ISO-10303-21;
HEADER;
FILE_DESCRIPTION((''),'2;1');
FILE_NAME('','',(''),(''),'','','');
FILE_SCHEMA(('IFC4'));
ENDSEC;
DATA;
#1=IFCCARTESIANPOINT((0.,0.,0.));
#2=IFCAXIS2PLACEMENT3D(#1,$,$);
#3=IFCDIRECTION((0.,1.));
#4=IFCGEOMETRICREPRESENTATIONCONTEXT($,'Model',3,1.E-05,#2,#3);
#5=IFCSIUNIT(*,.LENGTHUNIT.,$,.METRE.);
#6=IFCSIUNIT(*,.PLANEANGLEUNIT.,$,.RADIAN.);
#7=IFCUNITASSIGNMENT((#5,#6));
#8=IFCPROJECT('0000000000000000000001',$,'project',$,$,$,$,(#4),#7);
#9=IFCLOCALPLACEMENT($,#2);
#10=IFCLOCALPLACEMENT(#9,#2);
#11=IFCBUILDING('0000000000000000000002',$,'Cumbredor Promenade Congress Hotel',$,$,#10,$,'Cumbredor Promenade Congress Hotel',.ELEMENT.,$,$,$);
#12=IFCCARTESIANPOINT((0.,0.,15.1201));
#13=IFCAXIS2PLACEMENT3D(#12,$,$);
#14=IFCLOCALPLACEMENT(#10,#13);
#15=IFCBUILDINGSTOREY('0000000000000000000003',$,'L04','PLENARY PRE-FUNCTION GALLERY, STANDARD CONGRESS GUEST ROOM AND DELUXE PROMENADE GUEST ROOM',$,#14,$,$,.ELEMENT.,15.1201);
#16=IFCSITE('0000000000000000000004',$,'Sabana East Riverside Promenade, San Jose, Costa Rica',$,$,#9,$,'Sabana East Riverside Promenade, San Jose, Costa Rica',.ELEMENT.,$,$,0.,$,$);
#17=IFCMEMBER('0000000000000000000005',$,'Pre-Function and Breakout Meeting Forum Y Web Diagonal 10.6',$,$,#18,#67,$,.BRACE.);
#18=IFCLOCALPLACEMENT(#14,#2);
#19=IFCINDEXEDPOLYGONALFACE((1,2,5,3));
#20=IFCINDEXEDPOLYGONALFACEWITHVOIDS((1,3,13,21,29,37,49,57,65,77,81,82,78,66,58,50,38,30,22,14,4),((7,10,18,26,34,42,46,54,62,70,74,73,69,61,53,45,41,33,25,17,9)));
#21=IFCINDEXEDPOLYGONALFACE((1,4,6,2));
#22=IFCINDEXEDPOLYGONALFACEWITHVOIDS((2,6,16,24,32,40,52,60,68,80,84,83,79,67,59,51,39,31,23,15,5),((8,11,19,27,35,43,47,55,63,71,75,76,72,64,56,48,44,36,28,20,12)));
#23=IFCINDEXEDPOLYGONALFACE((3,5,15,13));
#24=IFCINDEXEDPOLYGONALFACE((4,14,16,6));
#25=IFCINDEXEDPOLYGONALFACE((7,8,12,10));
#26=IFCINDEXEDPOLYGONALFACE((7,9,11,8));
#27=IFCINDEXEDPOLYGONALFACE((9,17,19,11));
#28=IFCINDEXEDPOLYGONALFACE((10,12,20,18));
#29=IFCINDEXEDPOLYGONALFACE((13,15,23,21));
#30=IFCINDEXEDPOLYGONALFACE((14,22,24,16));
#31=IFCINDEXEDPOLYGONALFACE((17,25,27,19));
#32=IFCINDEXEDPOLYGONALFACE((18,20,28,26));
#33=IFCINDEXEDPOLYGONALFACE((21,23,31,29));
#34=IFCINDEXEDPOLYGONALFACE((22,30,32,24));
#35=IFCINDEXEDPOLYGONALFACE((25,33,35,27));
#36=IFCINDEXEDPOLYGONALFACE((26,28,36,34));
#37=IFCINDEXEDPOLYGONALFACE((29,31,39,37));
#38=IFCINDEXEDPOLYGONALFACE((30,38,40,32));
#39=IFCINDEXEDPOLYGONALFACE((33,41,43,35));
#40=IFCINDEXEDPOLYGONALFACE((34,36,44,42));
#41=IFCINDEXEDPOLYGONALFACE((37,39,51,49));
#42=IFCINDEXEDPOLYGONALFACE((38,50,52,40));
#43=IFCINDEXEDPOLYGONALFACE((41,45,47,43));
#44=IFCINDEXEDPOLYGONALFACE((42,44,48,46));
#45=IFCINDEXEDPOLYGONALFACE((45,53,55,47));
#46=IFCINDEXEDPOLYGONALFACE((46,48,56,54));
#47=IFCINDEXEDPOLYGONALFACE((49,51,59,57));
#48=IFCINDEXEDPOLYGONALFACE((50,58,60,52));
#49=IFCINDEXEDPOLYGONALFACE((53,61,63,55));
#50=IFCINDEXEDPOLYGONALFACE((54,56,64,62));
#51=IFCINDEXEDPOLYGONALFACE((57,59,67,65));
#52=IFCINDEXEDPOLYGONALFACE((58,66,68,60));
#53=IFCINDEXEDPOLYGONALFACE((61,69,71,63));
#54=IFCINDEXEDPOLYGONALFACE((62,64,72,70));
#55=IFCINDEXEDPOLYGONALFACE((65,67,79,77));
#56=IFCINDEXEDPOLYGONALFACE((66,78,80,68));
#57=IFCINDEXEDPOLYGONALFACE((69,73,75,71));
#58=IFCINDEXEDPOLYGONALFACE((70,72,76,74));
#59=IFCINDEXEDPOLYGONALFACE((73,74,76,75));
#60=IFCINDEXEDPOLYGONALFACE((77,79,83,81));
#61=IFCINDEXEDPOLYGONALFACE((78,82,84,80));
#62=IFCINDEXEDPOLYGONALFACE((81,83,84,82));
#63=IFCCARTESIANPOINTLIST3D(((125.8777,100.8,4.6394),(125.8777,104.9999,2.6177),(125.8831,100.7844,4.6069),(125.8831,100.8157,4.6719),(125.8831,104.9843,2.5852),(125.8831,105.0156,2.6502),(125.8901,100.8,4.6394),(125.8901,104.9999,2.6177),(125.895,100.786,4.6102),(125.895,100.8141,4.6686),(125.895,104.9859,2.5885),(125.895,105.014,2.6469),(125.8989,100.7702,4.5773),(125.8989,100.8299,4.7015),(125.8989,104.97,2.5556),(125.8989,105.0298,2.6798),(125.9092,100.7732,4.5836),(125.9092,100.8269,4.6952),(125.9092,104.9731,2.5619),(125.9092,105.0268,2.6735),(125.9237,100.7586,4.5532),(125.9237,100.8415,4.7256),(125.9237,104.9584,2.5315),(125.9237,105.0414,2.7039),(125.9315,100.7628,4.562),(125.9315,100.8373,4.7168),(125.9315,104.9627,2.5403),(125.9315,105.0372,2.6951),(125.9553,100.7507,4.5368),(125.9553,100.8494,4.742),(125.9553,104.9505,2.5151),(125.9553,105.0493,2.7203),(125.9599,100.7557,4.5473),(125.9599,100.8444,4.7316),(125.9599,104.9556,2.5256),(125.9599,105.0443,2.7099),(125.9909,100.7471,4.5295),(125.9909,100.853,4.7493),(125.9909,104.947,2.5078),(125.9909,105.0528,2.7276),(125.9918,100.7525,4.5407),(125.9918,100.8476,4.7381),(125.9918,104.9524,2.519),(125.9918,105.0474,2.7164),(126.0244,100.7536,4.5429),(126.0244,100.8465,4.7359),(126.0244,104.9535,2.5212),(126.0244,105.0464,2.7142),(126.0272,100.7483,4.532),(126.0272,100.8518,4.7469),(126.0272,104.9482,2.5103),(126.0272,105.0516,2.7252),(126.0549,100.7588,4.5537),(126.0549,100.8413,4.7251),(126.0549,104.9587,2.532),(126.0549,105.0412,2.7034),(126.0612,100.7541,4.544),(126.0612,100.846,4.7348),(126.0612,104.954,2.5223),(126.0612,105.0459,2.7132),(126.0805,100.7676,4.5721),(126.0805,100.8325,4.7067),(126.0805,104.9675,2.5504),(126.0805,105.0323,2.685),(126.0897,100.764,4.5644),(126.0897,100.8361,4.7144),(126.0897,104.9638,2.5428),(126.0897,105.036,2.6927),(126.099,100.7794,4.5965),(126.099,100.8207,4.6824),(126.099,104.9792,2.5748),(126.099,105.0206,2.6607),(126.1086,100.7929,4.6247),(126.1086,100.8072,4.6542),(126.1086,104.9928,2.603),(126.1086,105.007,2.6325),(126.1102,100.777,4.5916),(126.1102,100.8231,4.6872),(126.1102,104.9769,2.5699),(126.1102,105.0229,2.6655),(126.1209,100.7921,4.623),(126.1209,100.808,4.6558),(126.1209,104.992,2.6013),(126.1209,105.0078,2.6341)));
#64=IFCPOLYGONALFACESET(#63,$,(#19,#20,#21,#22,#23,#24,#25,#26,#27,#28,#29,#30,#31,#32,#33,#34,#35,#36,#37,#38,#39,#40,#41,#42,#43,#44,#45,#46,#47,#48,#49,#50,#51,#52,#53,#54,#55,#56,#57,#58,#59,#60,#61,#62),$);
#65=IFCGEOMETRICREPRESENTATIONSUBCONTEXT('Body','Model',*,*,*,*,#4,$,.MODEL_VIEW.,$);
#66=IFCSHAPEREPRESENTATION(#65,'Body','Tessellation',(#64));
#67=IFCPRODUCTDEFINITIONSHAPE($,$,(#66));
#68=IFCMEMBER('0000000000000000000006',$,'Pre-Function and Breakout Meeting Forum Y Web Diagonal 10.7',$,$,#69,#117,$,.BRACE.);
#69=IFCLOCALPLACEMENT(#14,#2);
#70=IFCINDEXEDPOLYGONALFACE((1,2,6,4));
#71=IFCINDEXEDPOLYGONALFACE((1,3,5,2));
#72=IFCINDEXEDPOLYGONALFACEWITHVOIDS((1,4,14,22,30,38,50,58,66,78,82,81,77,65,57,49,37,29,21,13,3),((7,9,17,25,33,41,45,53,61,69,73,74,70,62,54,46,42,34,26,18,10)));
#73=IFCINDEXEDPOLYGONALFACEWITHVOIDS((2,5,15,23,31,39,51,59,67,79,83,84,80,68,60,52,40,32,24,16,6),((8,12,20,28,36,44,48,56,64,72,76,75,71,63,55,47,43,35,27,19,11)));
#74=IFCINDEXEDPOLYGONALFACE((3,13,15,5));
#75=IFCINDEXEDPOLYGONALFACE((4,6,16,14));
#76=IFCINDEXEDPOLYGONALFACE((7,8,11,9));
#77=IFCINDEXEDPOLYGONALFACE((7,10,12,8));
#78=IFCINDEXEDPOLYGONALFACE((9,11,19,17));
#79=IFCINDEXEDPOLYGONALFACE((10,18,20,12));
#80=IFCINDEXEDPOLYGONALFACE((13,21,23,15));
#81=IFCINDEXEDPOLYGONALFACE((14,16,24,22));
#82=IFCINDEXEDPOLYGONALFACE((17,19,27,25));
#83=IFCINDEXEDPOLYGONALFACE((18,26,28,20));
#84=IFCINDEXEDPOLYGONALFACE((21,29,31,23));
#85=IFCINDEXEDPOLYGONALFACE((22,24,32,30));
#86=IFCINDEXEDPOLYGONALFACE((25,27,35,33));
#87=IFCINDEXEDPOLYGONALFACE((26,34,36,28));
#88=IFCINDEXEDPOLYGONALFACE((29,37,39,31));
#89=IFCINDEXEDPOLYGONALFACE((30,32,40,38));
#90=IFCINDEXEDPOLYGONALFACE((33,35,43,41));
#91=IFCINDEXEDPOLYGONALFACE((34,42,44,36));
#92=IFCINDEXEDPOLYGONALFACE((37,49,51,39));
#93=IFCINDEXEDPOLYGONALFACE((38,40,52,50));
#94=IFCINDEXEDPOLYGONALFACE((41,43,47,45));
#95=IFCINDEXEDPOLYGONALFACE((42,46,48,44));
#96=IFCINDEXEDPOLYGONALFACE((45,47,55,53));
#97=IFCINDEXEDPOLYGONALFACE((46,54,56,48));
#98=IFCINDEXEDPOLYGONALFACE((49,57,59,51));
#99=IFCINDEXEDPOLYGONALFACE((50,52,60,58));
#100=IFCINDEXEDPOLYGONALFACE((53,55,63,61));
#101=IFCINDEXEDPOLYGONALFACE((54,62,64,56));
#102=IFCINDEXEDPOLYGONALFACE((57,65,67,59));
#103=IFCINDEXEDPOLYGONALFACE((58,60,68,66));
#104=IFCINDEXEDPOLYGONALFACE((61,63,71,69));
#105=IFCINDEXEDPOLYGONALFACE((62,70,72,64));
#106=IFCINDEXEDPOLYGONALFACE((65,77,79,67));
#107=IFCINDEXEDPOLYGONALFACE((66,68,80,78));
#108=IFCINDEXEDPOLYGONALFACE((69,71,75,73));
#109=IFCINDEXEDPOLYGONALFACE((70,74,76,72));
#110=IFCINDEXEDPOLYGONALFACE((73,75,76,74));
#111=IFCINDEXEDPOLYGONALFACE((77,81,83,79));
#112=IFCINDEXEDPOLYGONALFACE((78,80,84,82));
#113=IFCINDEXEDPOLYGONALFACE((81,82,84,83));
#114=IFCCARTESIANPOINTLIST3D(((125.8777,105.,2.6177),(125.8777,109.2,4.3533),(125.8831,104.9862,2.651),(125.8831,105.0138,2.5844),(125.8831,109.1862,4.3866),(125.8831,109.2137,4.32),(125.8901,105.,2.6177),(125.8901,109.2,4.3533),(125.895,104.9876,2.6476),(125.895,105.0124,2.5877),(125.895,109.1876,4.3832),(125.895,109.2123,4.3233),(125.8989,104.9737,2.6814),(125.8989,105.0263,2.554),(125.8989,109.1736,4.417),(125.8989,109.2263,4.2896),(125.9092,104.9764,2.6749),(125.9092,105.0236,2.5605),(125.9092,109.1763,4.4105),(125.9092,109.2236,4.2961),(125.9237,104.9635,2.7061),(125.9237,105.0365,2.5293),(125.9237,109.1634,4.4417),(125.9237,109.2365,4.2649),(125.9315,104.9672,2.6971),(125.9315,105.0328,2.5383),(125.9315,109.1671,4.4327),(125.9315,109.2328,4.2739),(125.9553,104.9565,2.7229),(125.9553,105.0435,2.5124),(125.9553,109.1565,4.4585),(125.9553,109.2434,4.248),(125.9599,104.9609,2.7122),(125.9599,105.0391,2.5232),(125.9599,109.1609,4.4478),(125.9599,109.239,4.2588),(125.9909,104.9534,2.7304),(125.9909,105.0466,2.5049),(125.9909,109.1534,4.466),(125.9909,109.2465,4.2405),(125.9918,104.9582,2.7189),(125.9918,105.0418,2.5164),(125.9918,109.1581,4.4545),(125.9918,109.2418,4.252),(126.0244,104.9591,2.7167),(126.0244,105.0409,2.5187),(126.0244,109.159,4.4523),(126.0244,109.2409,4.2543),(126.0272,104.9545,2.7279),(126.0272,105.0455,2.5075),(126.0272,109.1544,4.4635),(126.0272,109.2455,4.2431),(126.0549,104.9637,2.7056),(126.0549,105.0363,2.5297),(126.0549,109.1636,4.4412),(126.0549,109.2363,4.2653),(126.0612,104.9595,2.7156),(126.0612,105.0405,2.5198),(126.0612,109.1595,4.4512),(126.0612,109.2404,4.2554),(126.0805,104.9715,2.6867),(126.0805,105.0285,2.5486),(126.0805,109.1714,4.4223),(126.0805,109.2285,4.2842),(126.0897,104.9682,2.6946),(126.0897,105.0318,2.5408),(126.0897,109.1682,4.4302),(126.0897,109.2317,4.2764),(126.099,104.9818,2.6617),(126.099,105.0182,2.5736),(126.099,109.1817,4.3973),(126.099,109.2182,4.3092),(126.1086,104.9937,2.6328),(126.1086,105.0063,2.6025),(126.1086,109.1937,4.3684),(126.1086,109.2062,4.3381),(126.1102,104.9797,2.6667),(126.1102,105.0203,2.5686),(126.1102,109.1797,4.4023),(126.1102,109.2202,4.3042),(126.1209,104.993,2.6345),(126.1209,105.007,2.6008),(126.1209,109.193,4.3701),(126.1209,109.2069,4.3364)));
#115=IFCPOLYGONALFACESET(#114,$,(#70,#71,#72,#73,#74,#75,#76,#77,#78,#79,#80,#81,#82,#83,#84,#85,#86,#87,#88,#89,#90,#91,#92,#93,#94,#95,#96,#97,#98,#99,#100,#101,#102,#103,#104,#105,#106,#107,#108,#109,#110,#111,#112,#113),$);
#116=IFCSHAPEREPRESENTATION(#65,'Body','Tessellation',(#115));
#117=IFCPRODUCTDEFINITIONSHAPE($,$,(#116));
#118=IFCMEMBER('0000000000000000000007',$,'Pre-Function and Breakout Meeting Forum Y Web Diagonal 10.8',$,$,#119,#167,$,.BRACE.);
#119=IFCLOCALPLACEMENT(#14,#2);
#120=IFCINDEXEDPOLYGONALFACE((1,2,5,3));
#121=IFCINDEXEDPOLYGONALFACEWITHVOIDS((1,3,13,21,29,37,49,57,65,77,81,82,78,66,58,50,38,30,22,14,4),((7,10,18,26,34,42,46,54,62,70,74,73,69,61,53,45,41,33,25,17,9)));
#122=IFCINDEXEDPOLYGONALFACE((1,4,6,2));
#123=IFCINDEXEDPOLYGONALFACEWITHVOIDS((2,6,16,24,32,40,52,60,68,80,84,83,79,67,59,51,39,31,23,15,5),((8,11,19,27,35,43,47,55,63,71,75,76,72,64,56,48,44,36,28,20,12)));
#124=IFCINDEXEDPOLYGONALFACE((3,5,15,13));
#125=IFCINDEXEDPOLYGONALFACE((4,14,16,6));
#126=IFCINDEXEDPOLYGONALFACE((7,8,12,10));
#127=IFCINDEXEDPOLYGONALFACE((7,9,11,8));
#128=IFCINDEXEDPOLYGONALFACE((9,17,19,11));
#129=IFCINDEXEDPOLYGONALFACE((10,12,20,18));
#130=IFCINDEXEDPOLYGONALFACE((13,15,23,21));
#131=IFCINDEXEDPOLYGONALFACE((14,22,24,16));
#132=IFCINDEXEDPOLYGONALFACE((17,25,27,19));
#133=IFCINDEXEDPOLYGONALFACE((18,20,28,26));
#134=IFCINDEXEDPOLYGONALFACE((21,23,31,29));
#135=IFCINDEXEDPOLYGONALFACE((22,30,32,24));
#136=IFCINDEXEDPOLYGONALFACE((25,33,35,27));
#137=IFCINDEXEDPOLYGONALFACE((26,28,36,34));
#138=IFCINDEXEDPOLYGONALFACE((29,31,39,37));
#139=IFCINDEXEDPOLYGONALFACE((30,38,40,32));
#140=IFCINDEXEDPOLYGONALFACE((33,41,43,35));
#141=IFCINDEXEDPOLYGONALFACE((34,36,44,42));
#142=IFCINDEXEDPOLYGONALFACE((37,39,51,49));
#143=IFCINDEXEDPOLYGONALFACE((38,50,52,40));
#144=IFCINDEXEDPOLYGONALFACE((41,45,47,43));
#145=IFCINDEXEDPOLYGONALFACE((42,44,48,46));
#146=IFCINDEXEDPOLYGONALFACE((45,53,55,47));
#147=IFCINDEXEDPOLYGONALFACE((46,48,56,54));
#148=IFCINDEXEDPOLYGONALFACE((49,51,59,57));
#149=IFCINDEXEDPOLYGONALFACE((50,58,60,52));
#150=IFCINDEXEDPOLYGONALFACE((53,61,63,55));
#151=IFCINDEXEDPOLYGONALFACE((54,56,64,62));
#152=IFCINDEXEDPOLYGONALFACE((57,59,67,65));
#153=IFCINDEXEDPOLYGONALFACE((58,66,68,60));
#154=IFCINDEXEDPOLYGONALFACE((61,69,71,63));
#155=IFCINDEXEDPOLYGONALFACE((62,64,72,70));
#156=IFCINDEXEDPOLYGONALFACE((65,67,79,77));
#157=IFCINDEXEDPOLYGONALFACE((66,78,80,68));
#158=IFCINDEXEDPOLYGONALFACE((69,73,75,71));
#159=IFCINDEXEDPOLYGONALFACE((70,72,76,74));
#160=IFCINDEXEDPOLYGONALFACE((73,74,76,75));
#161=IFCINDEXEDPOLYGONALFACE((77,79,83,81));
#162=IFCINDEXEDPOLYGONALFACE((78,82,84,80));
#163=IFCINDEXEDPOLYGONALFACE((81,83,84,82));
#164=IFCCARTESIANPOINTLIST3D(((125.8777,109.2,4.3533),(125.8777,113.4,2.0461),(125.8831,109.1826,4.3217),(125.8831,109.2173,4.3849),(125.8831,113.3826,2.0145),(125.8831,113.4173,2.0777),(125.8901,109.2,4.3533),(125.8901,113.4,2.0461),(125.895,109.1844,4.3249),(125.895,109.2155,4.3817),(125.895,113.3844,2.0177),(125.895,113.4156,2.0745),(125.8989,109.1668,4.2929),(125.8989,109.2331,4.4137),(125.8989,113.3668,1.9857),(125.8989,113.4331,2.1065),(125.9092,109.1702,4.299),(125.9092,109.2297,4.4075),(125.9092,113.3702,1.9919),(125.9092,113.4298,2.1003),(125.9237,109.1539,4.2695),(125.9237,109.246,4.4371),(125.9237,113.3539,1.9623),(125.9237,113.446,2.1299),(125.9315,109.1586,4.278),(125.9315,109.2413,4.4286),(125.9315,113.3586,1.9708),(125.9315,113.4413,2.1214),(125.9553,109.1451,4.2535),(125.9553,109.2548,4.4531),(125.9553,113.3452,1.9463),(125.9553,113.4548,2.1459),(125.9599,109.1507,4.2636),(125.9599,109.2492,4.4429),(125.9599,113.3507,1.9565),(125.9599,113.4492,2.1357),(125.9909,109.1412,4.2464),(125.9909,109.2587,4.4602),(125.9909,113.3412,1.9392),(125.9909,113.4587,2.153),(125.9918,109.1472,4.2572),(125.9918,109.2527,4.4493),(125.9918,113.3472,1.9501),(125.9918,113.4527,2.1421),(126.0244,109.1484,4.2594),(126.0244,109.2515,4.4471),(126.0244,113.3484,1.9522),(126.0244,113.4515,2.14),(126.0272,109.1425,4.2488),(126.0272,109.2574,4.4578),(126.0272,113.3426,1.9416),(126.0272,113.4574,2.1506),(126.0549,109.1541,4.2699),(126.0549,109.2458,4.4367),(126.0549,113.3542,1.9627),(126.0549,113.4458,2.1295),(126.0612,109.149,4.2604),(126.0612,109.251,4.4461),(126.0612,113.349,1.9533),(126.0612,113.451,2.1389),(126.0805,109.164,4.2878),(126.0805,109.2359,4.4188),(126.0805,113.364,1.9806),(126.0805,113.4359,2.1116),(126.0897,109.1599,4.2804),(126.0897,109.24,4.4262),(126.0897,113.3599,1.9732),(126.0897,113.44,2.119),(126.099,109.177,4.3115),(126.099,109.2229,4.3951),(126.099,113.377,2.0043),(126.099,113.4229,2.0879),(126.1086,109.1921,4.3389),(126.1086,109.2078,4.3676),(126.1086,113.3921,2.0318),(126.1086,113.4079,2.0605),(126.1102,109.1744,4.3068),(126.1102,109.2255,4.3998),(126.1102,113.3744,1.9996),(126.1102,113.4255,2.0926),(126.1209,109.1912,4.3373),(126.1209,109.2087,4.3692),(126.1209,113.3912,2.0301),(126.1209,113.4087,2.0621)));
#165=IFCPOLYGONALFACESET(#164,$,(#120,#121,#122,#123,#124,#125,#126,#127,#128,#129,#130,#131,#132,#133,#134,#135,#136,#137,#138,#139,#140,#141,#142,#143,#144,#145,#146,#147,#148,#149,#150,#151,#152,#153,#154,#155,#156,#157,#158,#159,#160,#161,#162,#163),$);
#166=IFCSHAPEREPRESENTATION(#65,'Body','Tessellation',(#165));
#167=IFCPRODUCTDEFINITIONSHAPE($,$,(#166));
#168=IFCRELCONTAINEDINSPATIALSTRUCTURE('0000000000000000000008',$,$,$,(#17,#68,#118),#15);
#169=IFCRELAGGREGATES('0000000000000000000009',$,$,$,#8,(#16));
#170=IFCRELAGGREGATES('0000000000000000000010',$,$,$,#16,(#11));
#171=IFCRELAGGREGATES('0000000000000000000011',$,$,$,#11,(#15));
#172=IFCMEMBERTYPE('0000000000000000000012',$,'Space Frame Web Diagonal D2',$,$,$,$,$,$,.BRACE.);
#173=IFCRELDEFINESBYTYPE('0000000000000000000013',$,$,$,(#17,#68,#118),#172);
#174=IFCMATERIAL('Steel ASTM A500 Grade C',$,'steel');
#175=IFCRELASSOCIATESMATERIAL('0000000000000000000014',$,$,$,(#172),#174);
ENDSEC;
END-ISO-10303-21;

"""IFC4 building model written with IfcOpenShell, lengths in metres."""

from ifc_helpers import new_model, si_unit, direction, frame, origin, origin_2d, place, context, subcontext, project, spatial, hollow_circle, extrude, material, material_profile, profile_set, type_object, element, save


model = new_model("IFC4")

# Units and contexts
model_context = context("Model", 3, precision=1e-05, world=origin(), true_north=direction((0.0, 1.0)))
body_context = subcontext(model_context, "Body", "Model", "MODEL_VIEW")
ifc_project = project(units=[si_unit("LENGTHUNIT", "METRE"), si_unit("PLANEANGLEUNIT", "RADIAN")], contexts=[model_context])

# Site, building, storey
site_placement = place(None, origin())
site = spatial("IfcSite", under=ifc_project, at=site_placement, Name="Sabana East Riverside Promenade, San Jose, Costa Rica", LongName="Sabana East Riverside Promenade, San Jose, Costa Rica", CompositionType="ELEMENT", RefElevation=0.0)
building_placement = place(site_placement, origin())
building = spatial("IfcBuilding", under=site, at=building_placement, Name="Cumbredor Promenade Congress Hotel", LongName="Cumbredor Promenade Congress Hotel", CompositionType="ELEMENT")
storey_placement = place(building_placement, frame((0.0, 0.0, 15.1201)))
storey = spatial("IfcBuildingStorey", under=building, at=storey_placement, Name="L04", Description="PLENARY PRE-FUNCTION GALLERY, STANDARD CONGRESS GUEST ROOM AND DELUXE PROMENADE GUEST ROOM", CompositionType="ELEMENT", Elevation=15.1201)

# Members
ifc_material_1 = material(Name="Steel ASTM A500 Grade C", Category="steel")
ifc_material_profile_1 = material_profile(ifc_material_1, hollow_circle(Radius=0.1223, WallThickness=0.0125, at=origin_2d()), Name="CHS 244.5x12.5")
ifc_profile_set_1 = profile_set([ifc_material_profile_1], Name="Steel ASTM A500 Grade C")
member_type_1 = type_object("IfcMemberType", Name="Space Frame Web Diagonal D2", PredefinedType="BRACE", material=ifc_profile_set_1)
member_1_placement = place(storey_placement, frame((126.0, 100.8, 4.6394), z_axis=(0.0, 0.901041, -0.433734), x_axis=(-1.0, 0.0, 0.0)))
element("IfcMember", 1, at=member_1_placement, inside=storey, type_object=member_type_1, Name="Pre-Function and Breakout Meeting Forum Y Web Diagonal 10.6", PredefinedType="BRACE", context=body_context, shape_type="SweptSolid", body=[
    extrude(hollow_circle(Radius=0.1223, WallThickness=0.0125, at=origin_2d()), origin(), (0.0, 0.0, 1.0), 4.6611),
])
member_2_placement = place(storey_placement, frame((126.0, 105.0, 2.6177), z_axis=(0.0, 0.924197, 0.381917), x_axis=(-1.0, 0.0, 0.0)))
element("IfcMember", 2, at=member_2_placement, inside=storey, type_object=member_type_1, Name="Pre-Function and Breakout Meeting Forum Y Web Diagonal 10.7", PredefinedType="BRACE", context=body_context, shape_type="SweptSolid", body=[
    extrude(hollow_circle(Radius=0.1223, WallThickness=0.0125, at=origin_2d()), origin(), (0.0, 0.0, 1.0), 4.5444),
])
member_3_placement = place(storey_placement, frame((126.0, 109.2, 4.3533), z_axis=(0.0, 0.876466, -0.481463), x_axis=(-1.0, 0.0, 0.0)))
element("IfcMember", 3, at=member_3_placement, inside=storey, type_object=member_type_1, Name="Pre-Function and Breakout Meeting Forum Y Web Diagonal 10.8", PredefinedType="BRACE", context=body_context, shape_type="SweptSolid", body=[
    extrude(hollow_circle(Radius=0.1223, WallThickness=0.0125, at=origin_2d()), origin(), (0.0, 0.0, 1.0), 4.792),
])

save(model, "model.ifc")
